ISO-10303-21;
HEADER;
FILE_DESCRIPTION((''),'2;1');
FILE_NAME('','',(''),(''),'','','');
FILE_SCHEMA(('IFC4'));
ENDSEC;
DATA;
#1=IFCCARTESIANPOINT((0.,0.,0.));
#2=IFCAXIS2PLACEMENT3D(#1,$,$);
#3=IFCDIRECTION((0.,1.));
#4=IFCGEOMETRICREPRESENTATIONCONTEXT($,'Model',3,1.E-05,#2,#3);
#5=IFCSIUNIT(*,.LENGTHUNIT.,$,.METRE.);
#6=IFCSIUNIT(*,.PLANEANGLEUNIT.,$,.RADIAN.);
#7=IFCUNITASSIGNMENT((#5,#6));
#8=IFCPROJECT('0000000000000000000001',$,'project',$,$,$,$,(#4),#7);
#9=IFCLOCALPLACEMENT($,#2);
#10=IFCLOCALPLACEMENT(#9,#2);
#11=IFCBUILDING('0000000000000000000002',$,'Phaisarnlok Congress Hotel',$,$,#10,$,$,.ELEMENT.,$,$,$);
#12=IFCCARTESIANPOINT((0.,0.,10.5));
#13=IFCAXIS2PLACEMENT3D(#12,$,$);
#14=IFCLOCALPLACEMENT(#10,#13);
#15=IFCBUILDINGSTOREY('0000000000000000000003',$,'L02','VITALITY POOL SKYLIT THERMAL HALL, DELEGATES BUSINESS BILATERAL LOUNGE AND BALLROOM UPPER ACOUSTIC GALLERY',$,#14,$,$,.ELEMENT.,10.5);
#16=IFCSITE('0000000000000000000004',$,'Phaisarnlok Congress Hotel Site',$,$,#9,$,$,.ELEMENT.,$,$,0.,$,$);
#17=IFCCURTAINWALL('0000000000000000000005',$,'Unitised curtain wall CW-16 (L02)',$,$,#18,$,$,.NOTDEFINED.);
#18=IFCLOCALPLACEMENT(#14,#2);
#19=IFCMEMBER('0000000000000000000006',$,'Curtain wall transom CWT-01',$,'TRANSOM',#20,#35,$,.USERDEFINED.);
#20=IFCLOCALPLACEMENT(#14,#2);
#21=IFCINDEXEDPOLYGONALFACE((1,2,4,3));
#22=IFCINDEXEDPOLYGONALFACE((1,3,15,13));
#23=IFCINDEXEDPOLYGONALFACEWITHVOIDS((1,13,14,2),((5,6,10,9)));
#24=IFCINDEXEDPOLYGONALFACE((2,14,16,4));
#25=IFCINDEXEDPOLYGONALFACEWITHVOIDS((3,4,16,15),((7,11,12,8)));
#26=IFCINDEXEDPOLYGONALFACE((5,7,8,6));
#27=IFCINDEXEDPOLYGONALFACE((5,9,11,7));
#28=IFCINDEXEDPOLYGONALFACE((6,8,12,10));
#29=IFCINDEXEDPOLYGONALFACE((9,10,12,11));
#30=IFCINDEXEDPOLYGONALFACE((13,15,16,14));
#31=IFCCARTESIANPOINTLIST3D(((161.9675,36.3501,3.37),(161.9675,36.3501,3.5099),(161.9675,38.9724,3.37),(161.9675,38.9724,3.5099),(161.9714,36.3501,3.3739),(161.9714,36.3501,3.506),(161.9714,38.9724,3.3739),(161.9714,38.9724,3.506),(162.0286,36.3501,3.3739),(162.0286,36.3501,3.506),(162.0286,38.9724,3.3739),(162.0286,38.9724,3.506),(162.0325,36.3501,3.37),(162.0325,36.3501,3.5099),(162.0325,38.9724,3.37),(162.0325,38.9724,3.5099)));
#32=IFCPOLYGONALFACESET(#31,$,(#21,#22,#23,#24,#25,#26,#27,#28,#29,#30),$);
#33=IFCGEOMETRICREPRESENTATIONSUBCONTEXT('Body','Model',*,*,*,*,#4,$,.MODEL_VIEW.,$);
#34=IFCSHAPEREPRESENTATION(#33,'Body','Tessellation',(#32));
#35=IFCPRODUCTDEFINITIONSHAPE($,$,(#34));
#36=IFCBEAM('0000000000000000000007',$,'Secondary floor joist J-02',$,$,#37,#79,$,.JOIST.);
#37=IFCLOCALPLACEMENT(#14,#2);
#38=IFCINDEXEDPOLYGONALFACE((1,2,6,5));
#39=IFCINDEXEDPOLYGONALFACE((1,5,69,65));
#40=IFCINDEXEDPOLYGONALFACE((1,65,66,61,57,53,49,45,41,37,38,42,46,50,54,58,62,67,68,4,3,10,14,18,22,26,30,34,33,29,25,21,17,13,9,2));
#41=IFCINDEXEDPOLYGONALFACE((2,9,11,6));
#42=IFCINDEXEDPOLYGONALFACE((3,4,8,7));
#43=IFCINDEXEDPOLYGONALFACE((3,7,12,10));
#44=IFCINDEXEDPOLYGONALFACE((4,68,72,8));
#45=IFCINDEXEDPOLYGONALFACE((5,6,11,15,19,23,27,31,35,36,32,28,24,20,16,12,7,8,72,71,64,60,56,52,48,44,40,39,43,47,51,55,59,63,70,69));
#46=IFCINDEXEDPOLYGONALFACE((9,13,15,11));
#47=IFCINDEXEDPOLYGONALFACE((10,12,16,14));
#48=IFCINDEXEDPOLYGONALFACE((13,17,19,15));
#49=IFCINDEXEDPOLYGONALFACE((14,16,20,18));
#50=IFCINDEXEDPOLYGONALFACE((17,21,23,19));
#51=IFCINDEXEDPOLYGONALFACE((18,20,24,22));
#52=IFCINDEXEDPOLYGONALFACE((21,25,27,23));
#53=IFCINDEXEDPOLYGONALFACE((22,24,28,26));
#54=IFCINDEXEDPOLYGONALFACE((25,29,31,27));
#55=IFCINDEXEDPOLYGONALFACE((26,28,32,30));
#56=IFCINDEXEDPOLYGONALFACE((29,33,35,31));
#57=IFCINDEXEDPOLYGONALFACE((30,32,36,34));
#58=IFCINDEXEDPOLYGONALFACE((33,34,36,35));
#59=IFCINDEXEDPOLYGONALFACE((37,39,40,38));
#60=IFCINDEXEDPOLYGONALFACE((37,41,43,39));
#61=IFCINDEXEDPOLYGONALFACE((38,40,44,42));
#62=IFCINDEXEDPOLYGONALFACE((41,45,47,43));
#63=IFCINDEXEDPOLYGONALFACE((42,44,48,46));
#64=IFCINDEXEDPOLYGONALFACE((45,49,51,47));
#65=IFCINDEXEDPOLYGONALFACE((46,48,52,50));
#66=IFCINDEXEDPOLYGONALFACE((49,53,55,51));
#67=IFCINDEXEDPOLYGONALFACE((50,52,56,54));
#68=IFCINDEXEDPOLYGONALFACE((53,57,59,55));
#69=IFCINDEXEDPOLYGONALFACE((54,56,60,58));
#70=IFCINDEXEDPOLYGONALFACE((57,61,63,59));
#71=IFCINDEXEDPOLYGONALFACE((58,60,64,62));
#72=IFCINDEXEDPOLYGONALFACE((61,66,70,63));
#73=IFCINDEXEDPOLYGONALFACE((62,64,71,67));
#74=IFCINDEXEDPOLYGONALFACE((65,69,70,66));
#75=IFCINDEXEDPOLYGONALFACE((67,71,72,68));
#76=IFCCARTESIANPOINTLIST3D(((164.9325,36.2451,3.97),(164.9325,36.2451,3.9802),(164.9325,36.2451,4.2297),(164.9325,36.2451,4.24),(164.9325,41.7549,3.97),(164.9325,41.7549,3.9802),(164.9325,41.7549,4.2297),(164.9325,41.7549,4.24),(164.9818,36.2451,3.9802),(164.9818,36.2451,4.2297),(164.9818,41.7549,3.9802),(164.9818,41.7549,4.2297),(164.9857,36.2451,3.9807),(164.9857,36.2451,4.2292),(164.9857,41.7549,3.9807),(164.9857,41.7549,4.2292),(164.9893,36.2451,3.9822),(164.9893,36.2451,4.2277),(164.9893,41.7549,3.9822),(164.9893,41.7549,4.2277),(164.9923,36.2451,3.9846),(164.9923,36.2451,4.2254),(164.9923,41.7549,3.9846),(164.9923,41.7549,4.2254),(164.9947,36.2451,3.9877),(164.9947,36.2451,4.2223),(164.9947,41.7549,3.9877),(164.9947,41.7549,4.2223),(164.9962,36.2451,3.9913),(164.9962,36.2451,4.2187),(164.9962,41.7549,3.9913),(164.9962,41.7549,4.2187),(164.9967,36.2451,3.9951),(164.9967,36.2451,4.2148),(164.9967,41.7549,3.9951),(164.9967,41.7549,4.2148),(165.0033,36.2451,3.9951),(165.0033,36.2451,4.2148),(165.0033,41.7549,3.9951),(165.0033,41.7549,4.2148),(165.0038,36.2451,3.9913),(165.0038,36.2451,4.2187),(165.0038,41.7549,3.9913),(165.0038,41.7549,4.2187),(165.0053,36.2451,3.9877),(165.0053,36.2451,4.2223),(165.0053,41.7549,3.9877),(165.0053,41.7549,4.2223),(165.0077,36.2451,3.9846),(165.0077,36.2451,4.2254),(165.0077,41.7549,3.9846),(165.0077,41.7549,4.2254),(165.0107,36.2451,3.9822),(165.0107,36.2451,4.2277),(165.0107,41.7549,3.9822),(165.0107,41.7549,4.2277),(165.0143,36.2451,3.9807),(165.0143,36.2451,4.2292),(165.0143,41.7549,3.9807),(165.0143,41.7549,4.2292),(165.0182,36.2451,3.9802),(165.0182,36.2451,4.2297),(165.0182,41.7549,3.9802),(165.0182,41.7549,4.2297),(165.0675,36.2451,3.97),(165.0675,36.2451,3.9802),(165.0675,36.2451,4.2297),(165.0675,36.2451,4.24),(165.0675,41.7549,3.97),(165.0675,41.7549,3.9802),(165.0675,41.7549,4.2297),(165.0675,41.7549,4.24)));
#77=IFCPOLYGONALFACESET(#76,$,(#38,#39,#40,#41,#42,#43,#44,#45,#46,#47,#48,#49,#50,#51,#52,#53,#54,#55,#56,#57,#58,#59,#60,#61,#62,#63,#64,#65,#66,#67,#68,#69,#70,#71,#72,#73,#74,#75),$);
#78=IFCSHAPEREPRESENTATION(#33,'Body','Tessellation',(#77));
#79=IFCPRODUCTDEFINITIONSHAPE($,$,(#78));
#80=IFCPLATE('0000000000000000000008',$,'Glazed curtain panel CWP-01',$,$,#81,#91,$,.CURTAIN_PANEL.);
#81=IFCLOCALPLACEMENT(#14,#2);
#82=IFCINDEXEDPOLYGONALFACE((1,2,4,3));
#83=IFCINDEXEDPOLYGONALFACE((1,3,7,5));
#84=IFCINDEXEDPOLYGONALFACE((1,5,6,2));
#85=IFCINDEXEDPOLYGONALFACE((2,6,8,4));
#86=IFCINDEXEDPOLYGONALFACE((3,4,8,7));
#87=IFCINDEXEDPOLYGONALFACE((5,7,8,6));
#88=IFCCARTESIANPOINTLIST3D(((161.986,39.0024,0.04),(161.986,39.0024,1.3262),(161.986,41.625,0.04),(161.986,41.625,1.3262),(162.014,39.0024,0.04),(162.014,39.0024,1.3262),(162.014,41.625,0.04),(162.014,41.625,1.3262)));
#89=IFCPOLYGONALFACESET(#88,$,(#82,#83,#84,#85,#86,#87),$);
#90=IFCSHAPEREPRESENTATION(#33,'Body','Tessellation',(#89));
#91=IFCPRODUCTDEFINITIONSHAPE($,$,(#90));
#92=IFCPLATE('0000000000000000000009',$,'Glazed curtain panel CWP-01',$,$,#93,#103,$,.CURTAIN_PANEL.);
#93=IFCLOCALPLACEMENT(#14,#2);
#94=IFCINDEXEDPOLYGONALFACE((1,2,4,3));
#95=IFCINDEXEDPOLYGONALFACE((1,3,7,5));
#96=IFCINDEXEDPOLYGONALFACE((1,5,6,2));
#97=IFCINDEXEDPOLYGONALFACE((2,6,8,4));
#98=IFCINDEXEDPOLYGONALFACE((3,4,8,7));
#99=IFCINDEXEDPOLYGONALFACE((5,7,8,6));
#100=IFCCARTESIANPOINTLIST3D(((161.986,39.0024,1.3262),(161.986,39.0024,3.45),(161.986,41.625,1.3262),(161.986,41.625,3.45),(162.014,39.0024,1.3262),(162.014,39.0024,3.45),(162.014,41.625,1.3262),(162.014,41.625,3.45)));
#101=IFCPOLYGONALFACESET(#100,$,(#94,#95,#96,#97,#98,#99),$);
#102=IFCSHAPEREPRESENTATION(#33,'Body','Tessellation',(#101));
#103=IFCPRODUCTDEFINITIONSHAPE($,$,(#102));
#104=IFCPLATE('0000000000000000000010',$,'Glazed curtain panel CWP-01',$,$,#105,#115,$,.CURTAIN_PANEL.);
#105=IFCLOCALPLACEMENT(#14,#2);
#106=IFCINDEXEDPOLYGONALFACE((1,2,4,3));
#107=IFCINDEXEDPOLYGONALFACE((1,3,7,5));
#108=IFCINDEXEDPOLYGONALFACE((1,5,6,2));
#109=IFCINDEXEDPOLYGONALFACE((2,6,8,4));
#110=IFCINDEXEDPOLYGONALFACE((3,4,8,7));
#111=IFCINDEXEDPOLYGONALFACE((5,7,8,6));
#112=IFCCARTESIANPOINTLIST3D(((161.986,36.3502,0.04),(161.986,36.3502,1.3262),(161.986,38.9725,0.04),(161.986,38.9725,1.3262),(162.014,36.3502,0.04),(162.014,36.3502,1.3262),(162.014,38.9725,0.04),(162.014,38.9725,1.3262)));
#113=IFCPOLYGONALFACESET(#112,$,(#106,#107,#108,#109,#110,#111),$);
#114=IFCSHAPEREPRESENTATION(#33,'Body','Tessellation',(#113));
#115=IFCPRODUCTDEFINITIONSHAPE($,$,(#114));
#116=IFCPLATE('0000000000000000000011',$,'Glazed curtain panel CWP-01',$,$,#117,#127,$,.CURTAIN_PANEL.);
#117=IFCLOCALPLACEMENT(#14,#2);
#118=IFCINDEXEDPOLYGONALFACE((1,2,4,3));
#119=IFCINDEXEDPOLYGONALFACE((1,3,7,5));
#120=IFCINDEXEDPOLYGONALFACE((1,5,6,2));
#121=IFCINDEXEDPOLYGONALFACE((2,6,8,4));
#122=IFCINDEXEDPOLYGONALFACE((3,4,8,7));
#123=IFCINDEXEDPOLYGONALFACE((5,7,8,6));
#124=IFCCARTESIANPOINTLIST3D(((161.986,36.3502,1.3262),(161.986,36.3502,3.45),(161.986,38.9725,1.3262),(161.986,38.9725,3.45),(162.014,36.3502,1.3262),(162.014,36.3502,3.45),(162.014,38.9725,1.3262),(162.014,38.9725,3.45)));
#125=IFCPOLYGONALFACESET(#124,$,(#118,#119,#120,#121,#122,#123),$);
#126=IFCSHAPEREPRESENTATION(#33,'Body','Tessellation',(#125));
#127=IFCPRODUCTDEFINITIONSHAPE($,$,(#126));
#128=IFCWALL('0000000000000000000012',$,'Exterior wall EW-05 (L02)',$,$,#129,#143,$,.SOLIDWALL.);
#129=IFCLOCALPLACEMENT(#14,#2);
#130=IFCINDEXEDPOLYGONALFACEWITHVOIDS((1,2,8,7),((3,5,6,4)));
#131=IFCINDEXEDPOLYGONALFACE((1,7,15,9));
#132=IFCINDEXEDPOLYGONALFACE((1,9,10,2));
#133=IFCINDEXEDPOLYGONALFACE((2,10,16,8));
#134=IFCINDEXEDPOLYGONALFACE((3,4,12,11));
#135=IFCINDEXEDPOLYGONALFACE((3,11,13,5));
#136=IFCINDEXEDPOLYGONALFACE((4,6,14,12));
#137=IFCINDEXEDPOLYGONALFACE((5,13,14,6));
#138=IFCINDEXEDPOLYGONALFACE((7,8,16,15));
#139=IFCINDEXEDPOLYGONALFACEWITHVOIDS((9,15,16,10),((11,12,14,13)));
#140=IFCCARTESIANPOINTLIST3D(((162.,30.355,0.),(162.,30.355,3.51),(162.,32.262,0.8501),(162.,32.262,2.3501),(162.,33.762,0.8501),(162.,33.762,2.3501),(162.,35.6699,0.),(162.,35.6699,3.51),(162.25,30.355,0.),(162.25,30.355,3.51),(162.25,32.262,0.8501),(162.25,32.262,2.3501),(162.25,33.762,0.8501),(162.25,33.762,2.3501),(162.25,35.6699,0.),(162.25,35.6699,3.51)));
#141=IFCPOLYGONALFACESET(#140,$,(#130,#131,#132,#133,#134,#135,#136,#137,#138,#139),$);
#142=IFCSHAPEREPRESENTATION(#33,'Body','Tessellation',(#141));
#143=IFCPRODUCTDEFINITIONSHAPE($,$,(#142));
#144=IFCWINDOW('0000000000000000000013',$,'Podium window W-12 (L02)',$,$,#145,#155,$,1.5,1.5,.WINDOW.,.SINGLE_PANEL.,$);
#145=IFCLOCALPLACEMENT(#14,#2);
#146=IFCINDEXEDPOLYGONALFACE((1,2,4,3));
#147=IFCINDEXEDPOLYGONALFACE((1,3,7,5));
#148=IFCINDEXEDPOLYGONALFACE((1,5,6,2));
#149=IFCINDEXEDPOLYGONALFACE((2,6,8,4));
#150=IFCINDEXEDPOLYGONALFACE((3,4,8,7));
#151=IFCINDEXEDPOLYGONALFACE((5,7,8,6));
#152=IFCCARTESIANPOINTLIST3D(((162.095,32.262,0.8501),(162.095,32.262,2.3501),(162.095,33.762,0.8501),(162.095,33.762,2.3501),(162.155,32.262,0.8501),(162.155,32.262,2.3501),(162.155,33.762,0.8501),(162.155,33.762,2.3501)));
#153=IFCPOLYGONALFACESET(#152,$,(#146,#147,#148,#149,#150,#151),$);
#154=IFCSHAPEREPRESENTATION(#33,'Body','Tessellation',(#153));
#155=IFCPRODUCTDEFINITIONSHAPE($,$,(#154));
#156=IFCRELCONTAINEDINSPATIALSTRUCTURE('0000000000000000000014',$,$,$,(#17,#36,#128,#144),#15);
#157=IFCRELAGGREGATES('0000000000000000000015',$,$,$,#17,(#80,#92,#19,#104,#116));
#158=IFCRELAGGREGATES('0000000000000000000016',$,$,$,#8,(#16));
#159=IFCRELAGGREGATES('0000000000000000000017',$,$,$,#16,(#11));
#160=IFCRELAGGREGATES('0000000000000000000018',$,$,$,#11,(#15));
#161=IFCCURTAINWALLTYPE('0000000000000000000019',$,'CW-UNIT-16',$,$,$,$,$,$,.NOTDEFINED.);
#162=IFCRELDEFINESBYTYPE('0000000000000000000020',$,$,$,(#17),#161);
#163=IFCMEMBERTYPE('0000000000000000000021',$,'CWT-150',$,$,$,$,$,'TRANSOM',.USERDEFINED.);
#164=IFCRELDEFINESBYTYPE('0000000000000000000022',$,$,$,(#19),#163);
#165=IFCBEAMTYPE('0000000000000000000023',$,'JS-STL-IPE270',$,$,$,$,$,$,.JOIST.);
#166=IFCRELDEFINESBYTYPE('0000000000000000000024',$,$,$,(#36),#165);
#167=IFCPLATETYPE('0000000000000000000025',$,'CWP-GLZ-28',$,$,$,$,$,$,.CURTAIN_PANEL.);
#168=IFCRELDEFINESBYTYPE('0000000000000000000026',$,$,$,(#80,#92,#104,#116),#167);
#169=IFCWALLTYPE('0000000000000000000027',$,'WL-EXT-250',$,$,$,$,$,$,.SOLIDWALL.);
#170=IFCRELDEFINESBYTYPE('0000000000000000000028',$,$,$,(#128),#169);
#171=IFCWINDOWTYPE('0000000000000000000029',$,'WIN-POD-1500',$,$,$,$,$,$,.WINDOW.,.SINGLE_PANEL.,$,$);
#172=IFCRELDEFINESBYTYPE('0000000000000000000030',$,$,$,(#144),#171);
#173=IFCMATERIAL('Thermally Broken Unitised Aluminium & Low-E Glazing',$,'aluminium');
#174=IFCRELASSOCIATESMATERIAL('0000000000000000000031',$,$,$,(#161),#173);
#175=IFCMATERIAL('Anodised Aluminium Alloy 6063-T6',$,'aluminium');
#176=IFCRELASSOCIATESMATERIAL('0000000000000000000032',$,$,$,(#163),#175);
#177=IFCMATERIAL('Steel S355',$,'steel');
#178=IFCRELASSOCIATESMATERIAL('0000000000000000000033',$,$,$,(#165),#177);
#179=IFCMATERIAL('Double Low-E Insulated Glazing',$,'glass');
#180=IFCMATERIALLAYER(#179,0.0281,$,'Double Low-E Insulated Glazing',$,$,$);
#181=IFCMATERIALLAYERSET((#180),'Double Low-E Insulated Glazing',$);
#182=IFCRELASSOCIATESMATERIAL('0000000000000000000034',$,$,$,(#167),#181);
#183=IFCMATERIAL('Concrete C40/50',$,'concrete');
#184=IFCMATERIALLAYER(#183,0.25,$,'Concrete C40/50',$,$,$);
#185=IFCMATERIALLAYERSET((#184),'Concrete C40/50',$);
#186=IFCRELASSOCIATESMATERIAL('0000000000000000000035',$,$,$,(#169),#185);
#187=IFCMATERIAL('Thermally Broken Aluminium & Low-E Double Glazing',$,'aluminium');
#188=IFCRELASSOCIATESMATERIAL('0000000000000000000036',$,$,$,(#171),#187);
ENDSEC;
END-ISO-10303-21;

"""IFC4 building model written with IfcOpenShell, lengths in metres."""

from ifc_helpers import new_model, si_unit, direction, frame, frame_2d, origin, origin_2d, place, context, subcontext, project, spatial, rectangle, hollow_rectangle, i_section, extrude, material, layer, layer_set, material_profile, profile_set, type_object, element, fill, aggregate, save


model = new_model("IFC4")

# Units and contexts
model_context = context("Model", 3, precision=1e-05, world=origin(), true_north=direction((0.0, 1.0)))
body_context = subcontext(model_context, "Body", "Model", "MODEL_VIEW")
ifc_project = project(units=[si_unit("LENGTHUNIT", "METRE"), si_unit("PLANEANGLEUNIT", "RADIAN")], contexts=[model_context])

# Site, building, storey
site_placement = place(None, origin())
site = spatial("IfcSite", under=ifc_project, at=site_placement, Name="Phaisarnlok Congress Hotel Site", CompositionType="ELEMENT", RefElevation=0.0)
building_placement = place(site_placement, origin())
building = spatial("IfcBuilding", under=site, at=building_placement, Name="Phaisarnlok Congress Hotel", CompositionType="ELEMENT")
storey_placement = place(building_placement, frame((0.0, 0.0, 10.5)))
storey = spatial("IfcBuildingStorey", under=building, at=storey_placement, Name="L02", Description="VITALITY POOL SKYLIT THERMAL HALL, DELEGATES BUSINESS BILATERAL LOUNGE AND BALLROOM UPPER ACOUSTIC GALLERY", CompositionType="ELEMENT", Elevation=10.5)

# Shared definitions
ifc_material_1 = material(Name="Concrete C40/50", Category="concrete")
ifc_material_2 = material(Name="Steel S355", Category="steel")

# Curtain wall, member
ifc_material_3 = material(Name="Thermally Broken Unitised Aluminium & Low-E Glazing", Category="aluminium")
curtain_wall_type = type_object("IfcCurtainWallType", Name="CW-UNIT-16", PredefinedType="NOTDEFINED", material=ifc_material_3)
curtain_wall_placement = place(storey_placement, origin())
curtain_wall = element("IfcCurtainWall", 1, at=curtain_wall_placement, inside=storey, type_object=curtain_wall_type, Name="Unitised curtain wall CW-16 (L02)", PredefinedType="NOTDEFINED")
ifc_material_4 = material(Name="Anodised Aluminium Alloy 6063-T6", Category="aluminium")
ifc_material_profile_1 = material_profile(ifc_material_4, hollow_rectangle(XDim=0.0649, YDim=0.1399, WallThickness=0.0039, at=origin_2d()), Name="ALU-T 65x140x4")
ifc_profile_set_1 = profile_set([ifc_material_profile_1], Name="Anodised Aluminium Alloy 6063-T6")
member_type_1 = type_object("IfcMemberType", Name="CWT-150", ElementType="TRANSOM", PredefinedType="USERDEFINED", material=ifc_profile_set_1)
member_1_placement = place(storey_placement, frame((162.0, 38.9724, 3.4399), z_axis=(0.0, -1.0, 0.0), x_axis=(1.0, 0.0, 0.0)))
member_1 = element("IfcMember", 2, at=member_1_placement, type_object=member_type_1, Name="Curtain wall transom CWT-01", ObjectType="TRANSOM", PredefinedType="USERDEFINED", context=body_context, shape_type="SweptSolid", body=[
    extrude(hollow_rectangle(XDim=0.0649, YDim=0.1399, WallThickness=0.0039, at=origin_2d()), origin(), (0.0, 0.0, 1.0), 2.6223),
])

# Beam
ifc_material_profile_2 = material_profile(ifc_material_2, i_section(OverallWidth=0.135, OverallDepth=0.27, WebThickness=0.0066, FlangeThickness=0.0103, FilletRadius=0.0149, at=origin_2d()), Name="IPE 270")
ifc_profile_set_2 = profile_set([ifc_material_profile_2], Name="Steel S355")
beam_type_1 = type_object("IfcBeamType", Name="JS-STL-IPE270", PredefinedType="JOIST", material=ifc_profile_set_2)
beam_1_placement = place(storey_placement, frame((165.0, 36.2451, 4.105), z_axis=(0.0, 1.0, 0.0), x_axis=(-1.0, 0.0, 0.0)))
element("IfcBeam", 3, at=beam_1_placement, inside=storey, type_object=beam_type_1, Name="Secondary floor joist J-02", PredefinedType="JOIST", context=body_context, shape_type="SweptSolid", body=[
    extrude(i_section(OverallWidth=0.135, OverallDepth=0.27, WebThickness=0.0066, FlangeThickness=0.0103, FilletRadius=0.0149, at=origin_2d()), origin(), (0.0, 0.0, 1.0), 5.5098),
])

# Plates
ifc_material_5 = material(Name="Double Low-E Insulated Glazing", Category="glass")
ifc_layer_1 = layer(ifc_material_5, 0.0281, Name="Double Low-E Insulated Glazing")
ifc_layer_set_1 = layer_set([ifc_layer_1], Name="Double Low-E Insulated Glazing")
plate_type = type_object("IfcPlateType", Name="CWP-GLZ-28", PredefinedType="CURTAIN_PANEL", material=ifc_layer_set_1)
plate_1_placement = place(storey_placement, frame((162.0, 41.625, 0.04), z_axis=(0.0, 0.0, 1.0), x_axis=(0.0, -1.0, 0.0)))
plate_1 = element("IfcPlate", 4, at=plate_1_placement, type_object=plate_type, Name="Glazed curtain panel CWP-01", PredefinedType="CURTAIN_PANEL", context=body_context, shape_type="SweptSolid", body=[
    extrude(rectangle(XDim=2.6226, YDim=0.0281, at=frame_2d((1.3113, 0.0))), origin(), (0.0, 0.0, 1.0), 1.2861),
])
plate_2_placement = place(storey_placement, frame((162.0, 41.625, 1.3262), z_axis=(0.0, 0.0, 1.0), x_axis=(0.0, -1.0, 0.0)))
plate_2 = element("IfcPlate", 5, at=plate_2_placement, type_object=plate_type, Name="Glazed curtain panel CWP-01", PredefinedType="CURTAIN_PANEL", context=body_context, shape_type="SweptSolid", body=[
    extrude(rectangle(XDim=2.6226, YDim=0.0281, at=frame_2d((1.3113, 0.0))), origin(), (0.0, 0.0, 1.0), 2.1238),
])
plate_3_placement = place(storey_placement, frame((162.0, 38.9724, 0.04), z_axis=(0.0, 0.0, 1.0), x_axis=(0.0, -1.0, 0.0)))
plate_3 = element("IfcPlate", 6, at=plate_3_placement, type_object=plate_type, Name="Glazed curtain panel CWP-01", PredefinedType="CURTAIN_PANEL", context=body_context, shape_type="SweptSolid", body=[
    extrude(rectangle(XDim=2.6223, YDim=0.0281, at=frame_2d((1.311, 0.0))), origin(), (0.0, 0.0, 1.0), 1.2861),
])
plate_4_placement = place(storey_placement, frame((162.0, 38.9724, 1.3262), z_axis=(0.0, 0.0, 1.0), x_axis=(0.0, -1.0, 0.0)))
plate_4 = element("IfcPlate", 7, at=plate_4_placement, type_object=plate_type, Name="Glazed curtain panel CWP-01", PredefinedType="CURTAIN_PANEL", context=body_context, shape_type="SweptSolid", body=[
    extrude(rectangle(XDim=2.6223, YDim=0.0281, at=frame_2d((1.311, 0.0))), origin(), (0.0, 0.0, 1.0), 2.1238),
])
aggregate(curtain_wall, [plate_1, plate_2, member_1, plate_3, plate_4])

# Wall, opening, window
ifc_layer_2 = layer(ifc_material_1, 0.25, Name="Concrete C40/50")
ifc_layer_set_2 = layer_set([ifc_layer_2], Name="Concrete C40/50")
wall_type = type_object("IfcWallType", Name="WL-EXT-250", PredefinedType="SOLIDWALL", material=ifc_layer_set_2)
wall_placement = place(storey_placement, frame((162.125, 35.6699, 0.0), z_axis=(0.0, 0.0, 1.0), x_axis=(0.0, -1.0, 0.0)))
wall = element("IfcWall", 8, at=wall_placement, inside=storey, type_object=wall_type, Name="Exterior wall EW-05 (L02)", PredefinedType="SOLIDWALL", context=body_context, shape_type="SweptSolid", body=[
    extrude(rectangle(XDim=5.3149, YDim=0.25, at=frame_2d((2.6575, 0.0))), origin(), (0.0, 0.0, 1.0), 3.51),
])
opening_placement = place(wall_placement, frame((1.908, 0.0, 0.8501)))
opening = element("IfcOpeningElement", 9, at=opening_placement, cuts=wall, PredefinedType="OPENING", context=body_context, shape_type="SweptSolid", body=[
    extrude(rectangle(XDim=1.5, YDim=1.5, at=frame_2d((0.75, 0.75))), frame((0.0, 0.135, 0.0), z_axis=(0.0, -1.0, 0.0), x_axis=(1.0, 0.0, 0.0)), (0.0, 0.0, 1.0), 0.27),
])
ifc_material_6 = material(Name="Thermally Broken Aluminium & Low-E Double Glazing", Category="aluminium")
window_type = type_object("IfcWindowType", Name="WIN-POD-1500", PartitioningType="SINGLE_PANEL", PredefinedType="WINDOW", material=ifc_material_6)
window_placement = place(opening_placement, origin())
window = element("IfcWindow", 10, at=window_placement, inside=storey, type_object=window_type, Name="Podium window W-12 (L02)", OverallHeight=1.5, OverallWidth=1.5, PartitioningType="SINGLE_PANEL", PredefinedType="WINDOW", context=body_context, shape_type="SweptSolid", body=[
    extrude(rectangle(XDim=1.5, YDim=1.5, at=frame_2d((0.75, 0.75))), frame((0.0, 0.03, 0.0), z_axis=(0.0, -1.0, 0.0), x_axis=(1.0, 0.0, 0.0)), (0.0, 0.0, 1.0), 0.0601),
])
fill(opening, window)

save(model, "model.ifc")
